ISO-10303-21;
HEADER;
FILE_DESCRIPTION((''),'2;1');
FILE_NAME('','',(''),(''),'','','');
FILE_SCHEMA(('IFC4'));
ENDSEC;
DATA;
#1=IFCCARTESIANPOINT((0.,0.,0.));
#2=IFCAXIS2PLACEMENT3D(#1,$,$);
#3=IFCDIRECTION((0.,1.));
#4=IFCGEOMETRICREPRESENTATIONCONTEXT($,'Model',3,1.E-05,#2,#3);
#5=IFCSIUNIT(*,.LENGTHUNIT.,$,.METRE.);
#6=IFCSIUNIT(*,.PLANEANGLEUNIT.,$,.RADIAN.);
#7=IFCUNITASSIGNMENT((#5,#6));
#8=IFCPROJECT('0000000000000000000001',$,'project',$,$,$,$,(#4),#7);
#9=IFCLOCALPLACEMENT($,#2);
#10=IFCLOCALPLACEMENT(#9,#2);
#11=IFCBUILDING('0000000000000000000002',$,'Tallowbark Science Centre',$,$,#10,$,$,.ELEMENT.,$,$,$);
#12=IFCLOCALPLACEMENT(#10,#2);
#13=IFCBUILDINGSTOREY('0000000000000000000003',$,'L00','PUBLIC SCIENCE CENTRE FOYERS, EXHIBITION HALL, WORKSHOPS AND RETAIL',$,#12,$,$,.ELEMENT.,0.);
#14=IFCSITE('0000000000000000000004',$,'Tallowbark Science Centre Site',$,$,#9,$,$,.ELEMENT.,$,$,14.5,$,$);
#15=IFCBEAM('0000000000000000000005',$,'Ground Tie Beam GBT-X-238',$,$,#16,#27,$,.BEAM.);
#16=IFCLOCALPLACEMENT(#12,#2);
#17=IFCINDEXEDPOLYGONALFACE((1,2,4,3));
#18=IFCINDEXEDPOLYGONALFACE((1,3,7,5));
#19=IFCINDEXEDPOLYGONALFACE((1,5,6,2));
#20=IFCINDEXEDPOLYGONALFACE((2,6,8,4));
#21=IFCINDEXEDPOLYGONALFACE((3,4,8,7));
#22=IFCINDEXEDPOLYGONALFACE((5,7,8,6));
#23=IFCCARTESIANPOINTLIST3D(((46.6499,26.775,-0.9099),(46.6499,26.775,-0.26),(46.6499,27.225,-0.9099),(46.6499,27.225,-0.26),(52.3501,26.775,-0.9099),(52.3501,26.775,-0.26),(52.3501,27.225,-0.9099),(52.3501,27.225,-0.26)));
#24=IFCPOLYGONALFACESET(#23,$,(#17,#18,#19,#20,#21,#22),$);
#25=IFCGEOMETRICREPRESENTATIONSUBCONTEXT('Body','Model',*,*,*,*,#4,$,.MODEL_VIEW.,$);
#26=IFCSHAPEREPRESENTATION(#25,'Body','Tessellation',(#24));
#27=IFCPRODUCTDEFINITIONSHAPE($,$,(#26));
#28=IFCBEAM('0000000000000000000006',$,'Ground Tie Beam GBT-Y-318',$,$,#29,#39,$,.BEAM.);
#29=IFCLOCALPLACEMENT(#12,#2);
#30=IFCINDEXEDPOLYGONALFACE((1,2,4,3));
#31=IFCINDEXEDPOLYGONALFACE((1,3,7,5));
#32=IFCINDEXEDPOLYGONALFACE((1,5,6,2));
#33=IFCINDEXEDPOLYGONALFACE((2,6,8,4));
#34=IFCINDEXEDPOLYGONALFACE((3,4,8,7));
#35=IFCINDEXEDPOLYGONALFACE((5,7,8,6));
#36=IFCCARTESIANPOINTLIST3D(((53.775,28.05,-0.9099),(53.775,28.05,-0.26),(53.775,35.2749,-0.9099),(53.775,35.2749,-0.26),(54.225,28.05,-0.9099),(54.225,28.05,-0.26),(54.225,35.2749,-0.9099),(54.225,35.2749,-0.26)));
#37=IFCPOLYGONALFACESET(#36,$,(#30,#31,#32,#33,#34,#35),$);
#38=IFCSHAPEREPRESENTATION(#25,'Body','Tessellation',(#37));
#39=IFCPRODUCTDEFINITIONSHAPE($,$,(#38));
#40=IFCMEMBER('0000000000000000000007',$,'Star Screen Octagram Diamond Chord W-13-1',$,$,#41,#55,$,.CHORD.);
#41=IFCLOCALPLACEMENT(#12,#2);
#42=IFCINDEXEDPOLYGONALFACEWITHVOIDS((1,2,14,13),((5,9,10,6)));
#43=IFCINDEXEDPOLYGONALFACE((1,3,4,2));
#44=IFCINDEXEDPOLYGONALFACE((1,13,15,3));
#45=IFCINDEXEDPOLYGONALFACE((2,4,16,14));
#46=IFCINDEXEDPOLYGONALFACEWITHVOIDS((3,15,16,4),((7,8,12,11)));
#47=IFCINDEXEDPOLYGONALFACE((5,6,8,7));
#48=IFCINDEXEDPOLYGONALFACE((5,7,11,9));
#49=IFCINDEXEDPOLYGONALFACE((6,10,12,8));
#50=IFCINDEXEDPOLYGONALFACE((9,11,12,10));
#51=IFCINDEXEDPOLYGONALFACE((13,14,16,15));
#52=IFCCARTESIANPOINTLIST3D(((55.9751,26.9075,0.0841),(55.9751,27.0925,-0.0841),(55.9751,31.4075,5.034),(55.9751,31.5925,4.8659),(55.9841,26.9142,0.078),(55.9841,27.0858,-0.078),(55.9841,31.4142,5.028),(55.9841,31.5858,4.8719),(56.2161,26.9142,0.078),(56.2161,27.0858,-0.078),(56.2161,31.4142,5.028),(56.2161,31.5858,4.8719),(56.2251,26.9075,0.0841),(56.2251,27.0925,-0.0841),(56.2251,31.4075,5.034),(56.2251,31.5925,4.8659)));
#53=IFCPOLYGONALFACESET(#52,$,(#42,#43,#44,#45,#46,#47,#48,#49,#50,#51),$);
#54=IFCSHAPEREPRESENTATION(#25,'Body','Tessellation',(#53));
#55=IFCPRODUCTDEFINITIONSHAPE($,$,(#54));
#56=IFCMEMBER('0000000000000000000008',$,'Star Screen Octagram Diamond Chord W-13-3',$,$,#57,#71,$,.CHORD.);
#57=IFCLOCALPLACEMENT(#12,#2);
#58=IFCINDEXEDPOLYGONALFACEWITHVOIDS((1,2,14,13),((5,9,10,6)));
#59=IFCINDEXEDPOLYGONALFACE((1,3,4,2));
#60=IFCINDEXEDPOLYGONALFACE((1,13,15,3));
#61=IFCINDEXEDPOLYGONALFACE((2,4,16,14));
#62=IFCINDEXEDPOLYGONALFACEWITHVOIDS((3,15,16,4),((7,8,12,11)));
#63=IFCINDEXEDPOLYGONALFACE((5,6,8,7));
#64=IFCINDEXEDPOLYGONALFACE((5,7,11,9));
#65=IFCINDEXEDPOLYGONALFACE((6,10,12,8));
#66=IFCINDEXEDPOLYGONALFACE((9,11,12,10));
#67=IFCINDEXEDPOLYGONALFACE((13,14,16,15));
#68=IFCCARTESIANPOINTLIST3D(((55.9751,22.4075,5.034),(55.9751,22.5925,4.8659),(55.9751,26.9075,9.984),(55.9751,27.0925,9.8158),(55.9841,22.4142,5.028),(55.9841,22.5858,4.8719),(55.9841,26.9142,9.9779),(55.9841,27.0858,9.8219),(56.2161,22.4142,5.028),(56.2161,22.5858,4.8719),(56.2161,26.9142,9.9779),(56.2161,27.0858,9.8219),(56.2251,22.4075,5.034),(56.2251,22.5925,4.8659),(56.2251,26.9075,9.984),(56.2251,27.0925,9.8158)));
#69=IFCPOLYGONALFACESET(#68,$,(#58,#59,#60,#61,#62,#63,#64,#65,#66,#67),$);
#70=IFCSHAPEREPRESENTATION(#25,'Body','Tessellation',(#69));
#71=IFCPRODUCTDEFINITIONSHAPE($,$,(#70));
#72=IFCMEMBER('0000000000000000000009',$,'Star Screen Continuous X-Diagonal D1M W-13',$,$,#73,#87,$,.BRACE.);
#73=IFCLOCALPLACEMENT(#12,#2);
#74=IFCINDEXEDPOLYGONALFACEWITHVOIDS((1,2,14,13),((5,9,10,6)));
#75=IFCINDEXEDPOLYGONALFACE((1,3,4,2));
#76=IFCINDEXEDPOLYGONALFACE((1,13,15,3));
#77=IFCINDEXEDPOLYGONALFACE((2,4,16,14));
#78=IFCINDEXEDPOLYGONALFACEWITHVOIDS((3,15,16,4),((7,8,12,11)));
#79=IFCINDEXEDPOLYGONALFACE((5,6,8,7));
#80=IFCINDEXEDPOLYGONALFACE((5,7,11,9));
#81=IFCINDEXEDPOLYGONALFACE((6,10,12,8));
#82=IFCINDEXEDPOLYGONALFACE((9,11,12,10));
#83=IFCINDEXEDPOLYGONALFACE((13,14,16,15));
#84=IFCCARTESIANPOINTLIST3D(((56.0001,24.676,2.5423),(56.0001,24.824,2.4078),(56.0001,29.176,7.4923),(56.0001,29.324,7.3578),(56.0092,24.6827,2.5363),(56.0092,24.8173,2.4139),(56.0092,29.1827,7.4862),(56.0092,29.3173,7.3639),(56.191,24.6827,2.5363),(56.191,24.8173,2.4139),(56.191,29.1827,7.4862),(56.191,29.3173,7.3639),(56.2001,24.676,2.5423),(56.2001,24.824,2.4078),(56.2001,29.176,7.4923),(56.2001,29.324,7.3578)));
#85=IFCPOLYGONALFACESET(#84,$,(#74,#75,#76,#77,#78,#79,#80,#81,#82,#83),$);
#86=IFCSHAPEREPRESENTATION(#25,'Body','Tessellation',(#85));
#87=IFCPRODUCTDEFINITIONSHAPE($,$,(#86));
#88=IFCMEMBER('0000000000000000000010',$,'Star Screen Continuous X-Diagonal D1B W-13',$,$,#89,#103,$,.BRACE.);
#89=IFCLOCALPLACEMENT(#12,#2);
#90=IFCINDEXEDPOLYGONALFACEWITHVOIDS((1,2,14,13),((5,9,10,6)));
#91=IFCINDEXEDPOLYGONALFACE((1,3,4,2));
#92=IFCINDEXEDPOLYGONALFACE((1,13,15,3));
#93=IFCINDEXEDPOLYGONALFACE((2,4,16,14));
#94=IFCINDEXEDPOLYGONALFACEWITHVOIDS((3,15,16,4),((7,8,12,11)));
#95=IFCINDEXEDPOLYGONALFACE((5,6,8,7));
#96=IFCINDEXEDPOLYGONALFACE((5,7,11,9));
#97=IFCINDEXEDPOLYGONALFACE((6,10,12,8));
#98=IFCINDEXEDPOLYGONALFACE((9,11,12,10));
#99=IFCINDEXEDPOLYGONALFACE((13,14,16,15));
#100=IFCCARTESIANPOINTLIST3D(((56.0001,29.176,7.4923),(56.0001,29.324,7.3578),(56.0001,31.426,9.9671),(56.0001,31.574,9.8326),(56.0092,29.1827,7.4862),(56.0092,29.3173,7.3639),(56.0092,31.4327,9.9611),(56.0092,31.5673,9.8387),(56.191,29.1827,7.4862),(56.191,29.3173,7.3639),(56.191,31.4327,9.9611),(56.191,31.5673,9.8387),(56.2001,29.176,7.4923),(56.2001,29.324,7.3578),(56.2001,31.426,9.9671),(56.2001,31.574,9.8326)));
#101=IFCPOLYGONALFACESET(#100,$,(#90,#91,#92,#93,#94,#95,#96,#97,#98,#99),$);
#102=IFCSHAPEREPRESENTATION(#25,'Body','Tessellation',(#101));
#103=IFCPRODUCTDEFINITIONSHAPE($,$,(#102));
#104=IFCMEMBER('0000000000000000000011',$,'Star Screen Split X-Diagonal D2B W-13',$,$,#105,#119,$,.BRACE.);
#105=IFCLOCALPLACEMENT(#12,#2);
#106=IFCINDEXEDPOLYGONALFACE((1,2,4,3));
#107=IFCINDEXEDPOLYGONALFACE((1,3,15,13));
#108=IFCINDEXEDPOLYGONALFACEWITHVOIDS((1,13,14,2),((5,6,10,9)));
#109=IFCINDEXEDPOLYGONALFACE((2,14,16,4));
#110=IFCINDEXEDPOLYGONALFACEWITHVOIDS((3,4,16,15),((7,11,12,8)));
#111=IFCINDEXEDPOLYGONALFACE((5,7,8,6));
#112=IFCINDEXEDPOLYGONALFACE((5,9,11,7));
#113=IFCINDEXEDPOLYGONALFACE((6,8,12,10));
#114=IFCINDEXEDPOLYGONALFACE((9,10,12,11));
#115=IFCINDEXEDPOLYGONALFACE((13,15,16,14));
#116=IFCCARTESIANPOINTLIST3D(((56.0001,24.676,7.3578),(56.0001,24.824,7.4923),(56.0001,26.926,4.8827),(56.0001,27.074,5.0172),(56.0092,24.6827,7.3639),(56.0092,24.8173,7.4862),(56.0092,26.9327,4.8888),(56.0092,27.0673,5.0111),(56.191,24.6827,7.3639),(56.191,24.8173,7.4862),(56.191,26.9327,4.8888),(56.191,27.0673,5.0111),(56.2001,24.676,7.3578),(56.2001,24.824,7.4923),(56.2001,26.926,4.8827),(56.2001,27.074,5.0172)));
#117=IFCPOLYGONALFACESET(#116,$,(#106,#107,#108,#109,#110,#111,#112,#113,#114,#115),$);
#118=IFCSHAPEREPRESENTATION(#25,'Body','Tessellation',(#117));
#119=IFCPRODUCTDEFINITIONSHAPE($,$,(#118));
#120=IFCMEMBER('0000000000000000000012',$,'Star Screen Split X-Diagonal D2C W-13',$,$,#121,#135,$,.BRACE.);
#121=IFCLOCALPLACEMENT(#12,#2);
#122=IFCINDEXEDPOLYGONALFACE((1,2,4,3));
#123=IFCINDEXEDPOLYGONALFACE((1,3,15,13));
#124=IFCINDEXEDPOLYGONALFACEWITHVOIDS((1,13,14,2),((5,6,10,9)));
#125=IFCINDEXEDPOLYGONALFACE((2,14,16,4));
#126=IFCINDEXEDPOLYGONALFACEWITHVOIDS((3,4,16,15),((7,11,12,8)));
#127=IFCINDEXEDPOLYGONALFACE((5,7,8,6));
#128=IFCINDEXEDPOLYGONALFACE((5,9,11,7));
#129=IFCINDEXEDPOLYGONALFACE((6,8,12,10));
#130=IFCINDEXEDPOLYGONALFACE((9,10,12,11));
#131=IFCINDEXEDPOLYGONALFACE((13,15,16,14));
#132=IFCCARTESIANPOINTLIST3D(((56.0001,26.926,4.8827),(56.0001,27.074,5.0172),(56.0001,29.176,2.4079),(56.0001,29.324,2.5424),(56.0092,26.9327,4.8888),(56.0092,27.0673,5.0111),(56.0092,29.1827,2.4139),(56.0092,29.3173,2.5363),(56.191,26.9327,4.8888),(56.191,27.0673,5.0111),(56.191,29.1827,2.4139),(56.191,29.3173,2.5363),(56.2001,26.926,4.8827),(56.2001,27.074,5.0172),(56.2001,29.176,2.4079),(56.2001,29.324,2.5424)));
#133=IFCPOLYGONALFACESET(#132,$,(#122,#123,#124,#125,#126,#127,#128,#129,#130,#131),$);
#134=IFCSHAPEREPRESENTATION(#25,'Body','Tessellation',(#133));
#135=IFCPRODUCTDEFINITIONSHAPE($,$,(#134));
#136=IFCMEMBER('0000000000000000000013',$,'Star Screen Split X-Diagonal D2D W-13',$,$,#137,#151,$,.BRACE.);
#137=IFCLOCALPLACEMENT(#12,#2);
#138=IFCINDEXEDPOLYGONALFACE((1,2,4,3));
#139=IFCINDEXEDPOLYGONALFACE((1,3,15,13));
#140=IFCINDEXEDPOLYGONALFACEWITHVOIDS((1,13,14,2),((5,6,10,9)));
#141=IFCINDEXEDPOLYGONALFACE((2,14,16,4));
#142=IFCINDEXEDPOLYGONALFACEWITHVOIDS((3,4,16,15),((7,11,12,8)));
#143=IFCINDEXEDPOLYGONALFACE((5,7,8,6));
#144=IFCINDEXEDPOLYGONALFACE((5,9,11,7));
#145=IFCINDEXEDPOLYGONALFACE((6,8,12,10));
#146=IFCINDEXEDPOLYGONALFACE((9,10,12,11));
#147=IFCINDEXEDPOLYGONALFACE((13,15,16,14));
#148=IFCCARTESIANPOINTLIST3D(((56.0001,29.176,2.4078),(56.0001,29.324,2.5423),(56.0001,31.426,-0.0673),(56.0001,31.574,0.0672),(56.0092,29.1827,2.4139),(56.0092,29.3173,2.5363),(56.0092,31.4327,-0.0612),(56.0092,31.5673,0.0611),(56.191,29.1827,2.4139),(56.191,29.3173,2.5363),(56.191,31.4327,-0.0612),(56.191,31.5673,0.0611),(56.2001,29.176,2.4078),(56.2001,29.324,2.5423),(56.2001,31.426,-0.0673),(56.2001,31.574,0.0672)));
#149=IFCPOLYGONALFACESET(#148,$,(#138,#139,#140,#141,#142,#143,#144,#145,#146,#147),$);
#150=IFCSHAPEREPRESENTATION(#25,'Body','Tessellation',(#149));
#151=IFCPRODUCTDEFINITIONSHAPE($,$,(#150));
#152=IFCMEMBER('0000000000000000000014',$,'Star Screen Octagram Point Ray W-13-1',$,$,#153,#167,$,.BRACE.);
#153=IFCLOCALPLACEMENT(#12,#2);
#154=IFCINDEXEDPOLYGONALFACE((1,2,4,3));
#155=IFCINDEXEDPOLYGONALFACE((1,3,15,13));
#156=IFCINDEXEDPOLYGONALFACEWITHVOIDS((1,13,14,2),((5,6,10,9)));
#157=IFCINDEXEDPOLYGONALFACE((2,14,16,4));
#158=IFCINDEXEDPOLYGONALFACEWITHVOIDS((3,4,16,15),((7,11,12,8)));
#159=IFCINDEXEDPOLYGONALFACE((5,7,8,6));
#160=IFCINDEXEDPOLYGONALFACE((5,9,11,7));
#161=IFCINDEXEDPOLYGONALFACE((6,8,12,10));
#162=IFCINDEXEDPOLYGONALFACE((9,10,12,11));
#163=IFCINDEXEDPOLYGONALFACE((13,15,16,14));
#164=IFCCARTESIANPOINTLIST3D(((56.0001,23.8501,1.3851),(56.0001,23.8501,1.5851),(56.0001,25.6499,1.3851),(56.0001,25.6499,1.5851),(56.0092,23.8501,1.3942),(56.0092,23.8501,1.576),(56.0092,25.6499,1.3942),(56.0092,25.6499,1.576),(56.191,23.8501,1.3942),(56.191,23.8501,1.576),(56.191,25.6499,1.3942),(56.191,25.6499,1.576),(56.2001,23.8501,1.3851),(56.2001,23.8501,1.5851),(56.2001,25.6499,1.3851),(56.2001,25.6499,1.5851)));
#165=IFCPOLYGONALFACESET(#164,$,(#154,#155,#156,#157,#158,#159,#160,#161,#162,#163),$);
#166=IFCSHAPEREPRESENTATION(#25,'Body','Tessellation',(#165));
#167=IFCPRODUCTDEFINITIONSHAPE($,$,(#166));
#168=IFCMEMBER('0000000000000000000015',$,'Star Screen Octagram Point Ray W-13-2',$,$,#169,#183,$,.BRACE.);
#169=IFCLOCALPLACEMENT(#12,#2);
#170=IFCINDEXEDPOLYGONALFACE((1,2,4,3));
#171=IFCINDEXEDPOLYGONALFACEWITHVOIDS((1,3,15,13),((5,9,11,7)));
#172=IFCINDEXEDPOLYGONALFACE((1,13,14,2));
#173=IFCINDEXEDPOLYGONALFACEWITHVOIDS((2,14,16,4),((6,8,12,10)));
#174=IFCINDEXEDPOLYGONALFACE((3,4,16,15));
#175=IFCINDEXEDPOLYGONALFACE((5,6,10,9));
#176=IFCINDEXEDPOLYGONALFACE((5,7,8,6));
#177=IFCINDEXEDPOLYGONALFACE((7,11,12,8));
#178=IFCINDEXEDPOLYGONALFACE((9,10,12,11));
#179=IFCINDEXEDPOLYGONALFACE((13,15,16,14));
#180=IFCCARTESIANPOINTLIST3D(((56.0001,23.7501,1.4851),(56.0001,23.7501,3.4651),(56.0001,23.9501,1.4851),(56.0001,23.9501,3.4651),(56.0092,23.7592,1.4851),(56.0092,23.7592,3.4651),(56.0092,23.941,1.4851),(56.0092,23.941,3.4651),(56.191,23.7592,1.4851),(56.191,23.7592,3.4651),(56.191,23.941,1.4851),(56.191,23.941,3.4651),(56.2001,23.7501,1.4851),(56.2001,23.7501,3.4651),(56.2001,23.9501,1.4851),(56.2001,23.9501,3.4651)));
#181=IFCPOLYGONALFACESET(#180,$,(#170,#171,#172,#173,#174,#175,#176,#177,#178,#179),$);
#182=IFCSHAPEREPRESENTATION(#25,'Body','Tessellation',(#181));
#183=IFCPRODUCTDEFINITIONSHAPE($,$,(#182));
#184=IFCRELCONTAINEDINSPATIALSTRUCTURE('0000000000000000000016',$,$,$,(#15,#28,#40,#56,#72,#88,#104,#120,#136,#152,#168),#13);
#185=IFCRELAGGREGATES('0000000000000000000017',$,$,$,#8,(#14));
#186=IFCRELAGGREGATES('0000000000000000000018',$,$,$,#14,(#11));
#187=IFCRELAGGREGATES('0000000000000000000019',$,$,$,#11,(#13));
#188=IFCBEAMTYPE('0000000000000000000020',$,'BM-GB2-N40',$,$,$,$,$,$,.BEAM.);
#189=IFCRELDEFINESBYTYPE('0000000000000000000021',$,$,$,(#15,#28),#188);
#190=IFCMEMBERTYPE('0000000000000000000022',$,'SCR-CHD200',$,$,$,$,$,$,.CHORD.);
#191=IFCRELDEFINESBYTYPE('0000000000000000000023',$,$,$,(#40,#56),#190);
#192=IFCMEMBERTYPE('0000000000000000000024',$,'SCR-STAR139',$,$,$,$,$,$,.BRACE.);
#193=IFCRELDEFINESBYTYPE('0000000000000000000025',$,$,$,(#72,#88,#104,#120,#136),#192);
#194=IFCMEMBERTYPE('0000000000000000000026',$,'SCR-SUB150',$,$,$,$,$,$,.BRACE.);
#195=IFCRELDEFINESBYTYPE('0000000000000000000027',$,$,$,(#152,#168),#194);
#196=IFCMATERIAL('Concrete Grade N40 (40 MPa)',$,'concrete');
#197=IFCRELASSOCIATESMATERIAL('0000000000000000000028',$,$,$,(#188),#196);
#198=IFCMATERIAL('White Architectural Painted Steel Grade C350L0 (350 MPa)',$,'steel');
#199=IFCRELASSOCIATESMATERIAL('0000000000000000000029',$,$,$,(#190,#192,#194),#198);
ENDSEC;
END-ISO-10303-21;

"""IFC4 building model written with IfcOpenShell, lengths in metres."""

from ifc_helpers import new_model, si_unit, direction, frame, origin, origin_2d, place, context, subcontext, project, spatial, rectangle, hollow_rectangle, extrude, material, material_profile, profile_set, type_object, element, save


model = new_model("IFC4")

# Units and contexts
model_context = context("Model", 3, precision=1e-05, world=origin(), true_north=direction((0.0, 1.0)))
body_context = subcontext(model_context, "Body", "Model", "MODEL_VIEW")
ifc_project = project(units=[si_unit("LENGTHUNIT", "METRE"), si_unit("PLANEANGLEUNIT", "RADIAN")], contexts=[model_context])

# Site, building, storey
site_placement = place(None, origin())
site = spatial("IfcSite", under=ifc_project, at=site_placement, Name="Tallowbark Science Centre Site", CompositionType="ELEMENT", RefElevation=14.5)
building_placement = place(site_placement, origin())
building = spatial("IfcBuilding", under=site, at=building_placement, Name="Tallowbark Science Centre", CompositionType="ELEMENT")
storey_placement = place(building_placement, origin())
storey = spatial("IfcBuildingStorey", under=building, at=storey_placement, Name="L00", Description="PUBLIC SCIENCE CENTRE FOYERS, EXHIBITION HALL, WORKSHOPS AND RETAIL", CompositionType="ELEMENT", Elevation=0.0)

# Shared definitions
ifc_material_1 = material(Name="Concrete Grade N40 (40 MPa)", Category="concrete")

# Beams
ifc_material_profile_1 = material_profile(ifc_material_1, rectangle(XDim=0.45, YDim=0.6499, at=origin_2d()), Name="RC450x650")
ifc_profile_set_1 = profile_set([ifc_material_profile_1], Name="Concrete Grade N40 (40 MPa)")
beam_type = type_object("IfcBeamType", Name="BM-GB2-N40", PredefinedType="BEAM", material=ifc_profile_set_1)
beam_1_placement = place(storey_placement, frame((46.6499, 27.0, -0.585), z_axis=(1.0, 0.0, 0.0), x_axis=(0.0, 1.0, 0.0)))
element("IfcBeam", 1, at=beam_1_placement, inside=storey, type_object=beam_type, Name="Ground Tie Beam GBT-X-238", PredefinedType="BEAM", context=body_context, shape_type="SweptSolid", body=[
    extrude(rectangle(XDim=0.45, YDim=0.6499, at=origin_2d()), origin(), (0.0, 0.0, 1.0), 5.7002),
])
beam_2_placement = place(storey_placement, frame((54.0, 28.05, -0.585), z_axis=(0.0, 1.0, 0.0), x_axis=(-1.0, 0.0, 0.0)))
element("IfcBeam", 2, at=beam_2_placement, inside=storey, type_object=beam_type, Name="Ground Tie Beam GBT-Y-318", PredefinedType="BEAM", context=body_context, shape_type="SweptSolid", body=[
    extrude(rectangle(XDim=0.45, YDim=0.6499, at=origin_2d()), origin(), (0.0, 0.0, 1.0), 7.2249),
])

# Members
ifc_material_2 = material(Name="White Architectural Painted Steel Grade C350L0 (350 MPa)", Category="steel")
ifc_material_profile_2 = material_profile(ifc_material_2, hollow_rectangle(XDim=0.25, YDim=0.25, WallThickness=0.009, at=origin_2d()), Name="250x250x9.0SHS")
ifc_profile_set_2 = profile_set([ifc_material_profile_2], Name="White Architectural Painted Steel Grade C350L0 (350 MPa)")
member_type_1 = type_object("IfcMemberType", Name="SCR-CHD200", PredefinedType="CHORD", material=ifc_profile_set_2)
for number, where, z_axis, x_axis, name in (
    (3, (56.1001, 27.0, 0.0), (0.0, 0.672676, 0.739937), (-1.0, 0.0, 0.0), "Star Screen Octagram Diamond Chord W-13-1"),
    (4, (56.1001, 27.0, 9.8999), (0.0, -0.672676, -0.739937), (1.0, 0.0, 0.0), "Star Screen Octagram Diamond Chord W-13-3"),
):
    element("IfcMember", number, at=place(storey_placement, frame(where, z_axis=z_axis, x_axis=x_axis)), inside=storey, type_object=member_type_1, Name=name, PredefinedType="CHORD", context=body_context, shape_type="SweptSolid", body=[
        extrude(hollow_rectangle(XDim=0.25, YDim=0.25, WallThickness=0.009, at=origin_2d()), origin(), (0.0, 0.0, 1.0), 6.6897),
    ])
ifc_material_profile_3 = material_profile(ifc_material_2, hollow_rectangle(XDim=0.2, YDim=0.2, WallThickness=0.009, at=origin_2d()), Name="200x200x9.0SHS")
ifc_profile_set_3 = profile_set([ifc_material_profile_3], Name="White Architectural Painted Steel Grade C350L0 (350 MPa)")
member_type_2 = type_object("IfcMemberType", Name="SCR-STAR139", PredefinedType="BRACE", material=ifc_profile_set_3)
member_1_placement = place(storey_placement, frame((56.1001, 24.75, 2.4751), z_axis=(0.0, 0.672676, 0.739937), x_axis=(-1.0, 0.0, 0.0)))
element("IfcMember", 5, at=member_1_placement, inside=storey, type_object=member_type_2, Name="Star Screen Continuous X-Diagonal D1M W-13", PredefinedType="BRACE", context=body_context, shape_type="SweptSolid", body=[
    extrude(hollow_rectangle(XDim=0.2, YDim=0.2, WallThickness=0.009, at=origin_2d()), origin(), (0.0, 0.0, 1.0), 6.6897),
])
member_2_placement = place(storey_placement, frame((56.1001, 29.25, 7.425), z_axis=(0.0, 0.672695, 0.73992), x_axis=(-1.0, 0.0, 0.0)))
element("IfcMember", 6, at=member_2_placement, inside=storey, type_object=member_type_2, Name="Star Screen Continuous X-Diagonal D1B W-13", PredefinedType="BRACE", context=body_context, shape_type="SweptSolid", body=[
    extrude(hollow_rectangle(XDim=0.2, YDim=0.2, WallThickness=0.009, at=origin_2d()), origin(), (0.0, 0.0, 1.0), 3.3447),
])
member_3_placement = place(storey_placement, frame((56.1001, 24.75, 7.425), z_axis=(0.0, 0.672658, -0.739953), x_axis=(-1.0, 0.0, 0.0)))
element("IfcMember", 7, at=member_3_placement, inside=storey, type_object=member_type_2, Name="Star Screen Split X-Diagonal D2B W-13", PredefinedType="BRACE", context=body_context, shape_type="SweptSolid", body=[
    extrude(hollow_rectangle(XDim=0.2, YDim=0.2, WallThickness=0.009, at=origin_2d()), origin(), (0.0, 0.0, 1.0), 3.345),
])
member_4_placement = place(storey_placement, frame((56.1001, 27.0, 4.95), z_axis=(0.0, 0.672695, -0.73992), x_axis=(-1.0, 0.0, 0.0)))
element("IfcMember", 8, at=member_4_placement, inside=storey, type_object=member_type_2, Name="Star Screen Split X-Diagonal D2C W-13", PredefinedType="BRACE", context=body_context, shape_type="SweptSolid", body=[
    extrude(hollow_rectangle(XDim=0.2, YDim=0.2, WallThickness=0.009, at=origin_2d()), origin(), (0.0, 0.0, 1.0), 3.3447),
])
member_5_placement = place(storey_placement, frame((56.1001, 29.25, 2.4751), z_axis=(0.0, 0.672658, -0.739953), x_axis=(-1.0, 0.0, 0.0)))
element("IfcMember", 9, at=member_5_placement, inside=storey, type_object=member_type_2, Name="Star Screen Split X-Diagonal D2D W-13", PredefinedType="BRACE", context=body_context, shape_type="SweptSolid", body=[
    extrude(hollow_rectangle(XDim=0.2, YDim=0.2, WallThickness=0.009, at=origin_2d()), origin(), (0.0, 0.0, 1.0), 3.345),
])
ifc_material_profile_4 = material_profile(ifc_material_2, hollow_rectangle(XDim=0.2, YDim=0.2, WallThickness=0.009, at=origin_2d()), Name="200x200x9.0SHS")
ifc_profile_set_4 = profile_set([ifc_material_profile_4], Name="White Architectural Painted Steel Grade C350L0 (350 MPa)")
member_type_3 = type_object("IfcMemberType", Name="SCR-SUB150", PredefinedType="BRACE", material=ifc_profile_set_4)
member_6_placement = place(storey_placement, frame((56.1001, 23.8501, 1.4851), z_axis=(0.0, 1.0, 0.0), x_axis=(-1.0, 0.0, 0.0)))
element("IfcMember", 10, at=member_6_placement, inside=storey, type_object=member_type_3, Name="Star Screen Octagram Point Ray W-13-1", PredefinedType="BRACE", context=body_context, shape_type="SweptSolid", body=[
    extrude(hollow_rectangle(XDim=0.2, YDim=0.2, WallThickness=0.009, at=origin_2d()), origin(), (0.0, 0.0, 1.0), 1.7998),
])
member_7_placement = place(storey_placement, frame((56.1001, 23.8501, 1.4851), z_axis=(0.0, 0.0, 1.0), x_axis=(1.0, 0.0, 0.0)))
element("IfcMember", 11, at=member_7_placement, inside=storey, type_object=member_type_3, Name="Star Screen Octagram Point Ray W-13-2", PredefinedType="BRACE", context=body_context, shape_type="SweptSolid", body=[
    extrude(hollow_rectangle(XDim=0.2, YDim=0.2, WallThickness=0.009, at=origin_2d()), origin(), (0.0, 0.0, 1.0), 1.98),
])

save(model, "model.ifc")
